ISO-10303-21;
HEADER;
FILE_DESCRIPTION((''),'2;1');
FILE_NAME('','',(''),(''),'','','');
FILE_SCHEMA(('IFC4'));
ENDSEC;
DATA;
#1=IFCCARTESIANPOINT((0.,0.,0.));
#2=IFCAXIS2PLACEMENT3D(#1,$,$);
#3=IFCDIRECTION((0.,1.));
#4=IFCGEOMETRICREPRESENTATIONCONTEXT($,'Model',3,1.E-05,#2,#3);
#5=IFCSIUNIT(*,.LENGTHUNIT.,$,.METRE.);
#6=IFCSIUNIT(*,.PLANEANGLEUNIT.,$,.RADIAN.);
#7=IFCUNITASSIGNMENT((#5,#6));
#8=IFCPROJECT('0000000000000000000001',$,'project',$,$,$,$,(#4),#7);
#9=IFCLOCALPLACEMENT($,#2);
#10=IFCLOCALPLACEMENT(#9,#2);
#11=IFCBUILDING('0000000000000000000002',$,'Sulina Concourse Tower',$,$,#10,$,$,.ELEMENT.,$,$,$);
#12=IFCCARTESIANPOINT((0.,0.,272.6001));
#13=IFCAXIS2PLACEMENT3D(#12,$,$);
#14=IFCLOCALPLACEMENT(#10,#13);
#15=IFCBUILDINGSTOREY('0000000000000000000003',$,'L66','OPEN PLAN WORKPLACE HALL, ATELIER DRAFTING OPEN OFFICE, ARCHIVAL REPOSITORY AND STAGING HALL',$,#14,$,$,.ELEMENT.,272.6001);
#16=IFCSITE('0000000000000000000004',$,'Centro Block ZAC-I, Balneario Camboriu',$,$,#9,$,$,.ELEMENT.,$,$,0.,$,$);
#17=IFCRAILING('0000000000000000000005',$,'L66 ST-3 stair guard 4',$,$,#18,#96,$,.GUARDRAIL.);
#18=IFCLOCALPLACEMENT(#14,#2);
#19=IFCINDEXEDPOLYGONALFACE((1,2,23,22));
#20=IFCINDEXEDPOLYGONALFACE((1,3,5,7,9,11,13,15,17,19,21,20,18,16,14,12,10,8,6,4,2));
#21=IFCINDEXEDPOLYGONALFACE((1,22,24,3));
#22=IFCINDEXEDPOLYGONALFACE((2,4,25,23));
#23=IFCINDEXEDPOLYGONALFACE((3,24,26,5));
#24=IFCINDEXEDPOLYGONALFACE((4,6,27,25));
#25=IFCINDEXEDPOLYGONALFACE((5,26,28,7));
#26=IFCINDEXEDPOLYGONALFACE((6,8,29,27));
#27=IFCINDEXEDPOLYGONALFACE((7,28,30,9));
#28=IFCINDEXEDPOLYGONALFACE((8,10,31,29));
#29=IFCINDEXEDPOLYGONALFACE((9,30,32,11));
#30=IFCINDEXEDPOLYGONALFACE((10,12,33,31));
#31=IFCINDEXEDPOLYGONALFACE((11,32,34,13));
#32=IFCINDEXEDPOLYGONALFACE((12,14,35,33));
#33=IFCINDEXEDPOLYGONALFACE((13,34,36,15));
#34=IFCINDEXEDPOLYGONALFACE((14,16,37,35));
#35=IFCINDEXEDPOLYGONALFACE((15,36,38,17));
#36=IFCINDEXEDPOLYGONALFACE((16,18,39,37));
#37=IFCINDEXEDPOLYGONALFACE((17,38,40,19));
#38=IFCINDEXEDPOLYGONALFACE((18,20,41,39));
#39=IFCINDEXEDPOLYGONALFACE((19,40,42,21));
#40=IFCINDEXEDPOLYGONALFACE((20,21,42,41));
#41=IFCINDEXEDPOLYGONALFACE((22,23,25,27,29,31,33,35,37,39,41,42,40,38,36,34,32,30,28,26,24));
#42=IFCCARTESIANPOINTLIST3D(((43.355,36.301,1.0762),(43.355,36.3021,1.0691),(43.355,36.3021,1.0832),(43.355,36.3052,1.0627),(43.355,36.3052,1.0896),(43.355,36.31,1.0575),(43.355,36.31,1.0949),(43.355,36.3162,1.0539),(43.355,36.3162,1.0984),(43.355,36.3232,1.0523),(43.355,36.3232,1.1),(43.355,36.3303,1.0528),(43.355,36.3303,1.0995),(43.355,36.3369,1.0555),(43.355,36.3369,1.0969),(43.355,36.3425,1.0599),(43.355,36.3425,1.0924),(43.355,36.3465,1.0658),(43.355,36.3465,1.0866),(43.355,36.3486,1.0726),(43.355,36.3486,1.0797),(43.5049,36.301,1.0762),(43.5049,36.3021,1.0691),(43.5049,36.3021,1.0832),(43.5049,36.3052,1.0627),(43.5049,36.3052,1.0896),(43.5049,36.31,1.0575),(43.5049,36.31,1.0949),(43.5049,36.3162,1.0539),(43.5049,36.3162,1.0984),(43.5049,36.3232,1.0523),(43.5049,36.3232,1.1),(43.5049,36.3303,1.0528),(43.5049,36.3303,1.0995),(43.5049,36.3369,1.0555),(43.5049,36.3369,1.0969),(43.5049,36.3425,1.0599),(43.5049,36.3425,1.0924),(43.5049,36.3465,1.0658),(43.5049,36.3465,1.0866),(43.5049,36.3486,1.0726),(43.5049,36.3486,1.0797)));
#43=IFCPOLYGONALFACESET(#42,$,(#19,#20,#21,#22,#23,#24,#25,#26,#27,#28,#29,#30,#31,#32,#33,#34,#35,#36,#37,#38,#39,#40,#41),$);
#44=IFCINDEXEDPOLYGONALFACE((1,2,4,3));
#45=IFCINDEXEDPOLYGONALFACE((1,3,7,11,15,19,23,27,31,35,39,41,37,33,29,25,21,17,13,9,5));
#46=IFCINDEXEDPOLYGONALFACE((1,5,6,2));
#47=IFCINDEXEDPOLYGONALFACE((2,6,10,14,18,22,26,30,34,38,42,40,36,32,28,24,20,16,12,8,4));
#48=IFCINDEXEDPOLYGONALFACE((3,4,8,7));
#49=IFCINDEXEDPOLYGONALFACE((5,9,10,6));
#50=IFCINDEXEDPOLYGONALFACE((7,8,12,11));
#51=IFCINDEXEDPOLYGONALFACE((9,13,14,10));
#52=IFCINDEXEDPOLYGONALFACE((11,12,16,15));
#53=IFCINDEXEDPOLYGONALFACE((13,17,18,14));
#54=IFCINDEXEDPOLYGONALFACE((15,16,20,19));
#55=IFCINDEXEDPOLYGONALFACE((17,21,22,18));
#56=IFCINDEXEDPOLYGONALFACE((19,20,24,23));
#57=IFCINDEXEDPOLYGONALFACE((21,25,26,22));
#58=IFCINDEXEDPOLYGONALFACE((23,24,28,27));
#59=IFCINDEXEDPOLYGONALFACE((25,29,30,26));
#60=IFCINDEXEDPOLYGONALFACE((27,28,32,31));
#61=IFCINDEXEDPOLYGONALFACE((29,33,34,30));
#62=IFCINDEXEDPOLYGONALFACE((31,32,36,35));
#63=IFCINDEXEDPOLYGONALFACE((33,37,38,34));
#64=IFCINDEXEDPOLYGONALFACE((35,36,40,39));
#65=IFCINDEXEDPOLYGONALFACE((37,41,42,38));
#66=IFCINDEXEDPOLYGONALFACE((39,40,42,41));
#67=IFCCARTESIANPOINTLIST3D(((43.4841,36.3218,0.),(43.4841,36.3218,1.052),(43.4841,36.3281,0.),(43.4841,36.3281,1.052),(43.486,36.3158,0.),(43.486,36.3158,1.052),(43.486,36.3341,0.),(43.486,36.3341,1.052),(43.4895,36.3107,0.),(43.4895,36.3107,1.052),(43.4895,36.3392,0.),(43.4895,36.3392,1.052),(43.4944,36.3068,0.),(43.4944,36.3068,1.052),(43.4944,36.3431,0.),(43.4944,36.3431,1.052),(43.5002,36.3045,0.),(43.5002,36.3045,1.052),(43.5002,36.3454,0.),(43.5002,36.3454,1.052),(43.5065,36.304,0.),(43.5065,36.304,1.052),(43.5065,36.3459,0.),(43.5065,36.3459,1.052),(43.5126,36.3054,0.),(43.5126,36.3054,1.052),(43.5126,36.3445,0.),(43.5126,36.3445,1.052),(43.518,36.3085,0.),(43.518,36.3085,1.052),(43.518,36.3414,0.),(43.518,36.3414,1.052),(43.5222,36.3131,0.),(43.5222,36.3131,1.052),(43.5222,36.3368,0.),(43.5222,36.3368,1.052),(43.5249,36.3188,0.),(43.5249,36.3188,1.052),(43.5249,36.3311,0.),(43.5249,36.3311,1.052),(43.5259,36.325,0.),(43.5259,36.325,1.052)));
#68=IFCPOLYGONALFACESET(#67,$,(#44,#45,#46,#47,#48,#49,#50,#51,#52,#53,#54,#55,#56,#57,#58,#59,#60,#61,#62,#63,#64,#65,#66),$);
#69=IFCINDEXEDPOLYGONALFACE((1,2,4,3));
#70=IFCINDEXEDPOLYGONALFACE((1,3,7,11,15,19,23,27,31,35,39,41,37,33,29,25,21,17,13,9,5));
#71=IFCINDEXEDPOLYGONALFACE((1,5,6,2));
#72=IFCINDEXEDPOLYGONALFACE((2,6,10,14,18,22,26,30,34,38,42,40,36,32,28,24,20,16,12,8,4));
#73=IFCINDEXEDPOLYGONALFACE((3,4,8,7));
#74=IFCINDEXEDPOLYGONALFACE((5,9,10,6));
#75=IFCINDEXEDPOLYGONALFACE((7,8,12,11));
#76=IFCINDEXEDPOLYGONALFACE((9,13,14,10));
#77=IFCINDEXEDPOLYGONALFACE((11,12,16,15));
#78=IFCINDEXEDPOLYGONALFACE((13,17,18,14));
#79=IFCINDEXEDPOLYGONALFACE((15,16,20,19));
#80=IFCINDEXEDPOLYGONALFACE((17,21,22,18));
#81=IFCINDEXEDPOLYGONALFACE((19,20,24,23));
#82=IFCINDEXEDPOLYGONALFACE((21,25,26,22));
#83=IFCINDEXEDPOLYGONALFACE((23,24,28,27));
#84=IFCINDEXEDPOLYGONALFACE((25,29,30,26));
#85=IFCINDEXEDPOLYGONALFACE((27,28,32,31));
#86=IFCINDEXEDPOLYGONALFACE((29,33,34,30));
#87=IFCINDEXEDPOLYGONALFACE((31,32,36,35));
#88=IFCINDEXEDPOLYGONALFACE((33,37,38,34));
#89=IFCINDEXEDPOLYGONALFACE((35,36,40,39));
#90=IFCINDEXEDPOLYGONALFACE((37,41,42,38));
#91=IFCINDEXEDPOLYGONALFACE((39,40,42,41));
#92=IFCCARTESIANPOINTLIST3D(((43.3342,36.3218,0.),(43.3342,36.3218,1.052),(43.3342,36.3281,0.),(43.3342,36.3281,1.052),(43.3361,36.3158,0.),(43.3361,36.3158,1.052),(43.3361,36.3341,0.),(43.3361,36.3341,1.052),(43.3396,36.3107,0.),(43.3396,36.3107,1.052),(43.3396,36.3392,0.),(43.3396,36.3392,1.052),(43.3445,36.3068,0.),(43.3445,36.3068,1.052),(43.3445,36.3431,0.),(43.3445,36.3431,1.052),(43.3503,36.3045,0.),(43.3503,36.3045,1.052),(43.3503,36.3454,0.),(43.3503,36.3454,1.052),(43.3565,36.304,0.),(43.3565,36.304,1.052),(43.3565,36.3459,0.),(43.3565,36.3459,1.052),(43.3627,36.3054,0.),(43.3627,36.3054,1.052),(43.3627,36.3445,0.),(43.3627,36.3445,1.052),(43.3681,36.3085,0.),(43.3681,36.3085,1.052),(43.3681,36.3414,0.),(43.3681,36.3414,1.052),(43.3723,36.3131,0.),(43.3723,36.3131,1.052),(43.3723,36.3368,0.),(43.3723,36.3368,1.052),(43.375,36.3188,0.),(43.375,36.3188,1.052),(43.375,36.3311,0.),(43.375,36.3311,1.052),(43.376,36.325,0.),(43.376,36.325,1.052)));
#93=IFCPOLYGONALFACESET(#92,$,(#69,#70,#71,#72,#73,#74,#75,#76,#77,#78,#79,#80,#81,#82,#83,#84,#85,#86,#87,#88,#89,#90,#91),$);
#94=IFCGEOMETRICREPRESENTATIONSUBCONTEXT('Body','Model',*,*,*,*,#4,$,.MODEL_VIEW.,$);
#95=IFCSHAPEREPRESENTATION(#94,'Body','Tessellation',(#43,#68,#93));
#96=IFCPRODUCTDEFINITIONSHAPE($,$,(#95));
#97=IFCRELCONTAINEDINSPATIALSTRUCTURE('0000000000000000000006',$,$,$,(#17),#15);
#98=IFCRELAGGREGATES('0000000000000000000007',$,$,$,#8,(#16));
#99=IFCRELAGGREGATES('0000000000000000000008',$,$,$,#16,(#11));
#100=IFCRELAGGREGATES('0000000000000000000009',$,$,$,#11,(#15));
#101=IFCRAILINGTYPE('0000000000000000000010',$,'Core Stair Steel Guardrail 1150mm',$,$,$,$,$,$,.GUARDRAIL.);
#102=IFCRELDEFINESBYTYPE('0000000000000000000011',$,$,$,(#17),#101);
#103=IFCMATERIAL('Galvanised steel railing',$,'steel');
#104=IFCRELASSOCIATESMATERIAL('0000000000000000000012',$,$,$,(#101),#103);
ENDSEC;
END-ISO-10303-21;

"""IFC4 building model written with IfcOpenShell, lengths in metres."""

from ifc_helpers import new_model, si_unit, direction, frame, origin, origin_2d, place, context, subcontext, project, spatial, circle, extrude, material, type_object, element, save


model = new_model("IFC4")

# Units and contexts
model_context = context("Model", 3, precision=1e-05, world=origin(), true_north=direction((0.0, 1.0)))
body_context = subcontext(model_context, "Body", "Model", "MODEL_VIEW")
ifc_project = project(units=[si_unit("LENGTHUNIT", "METRE"), si_unit("PLANEANGLEUNIT", "RADIAN")], contexts=[model_context])

# Site, building, storey
site_placement = place(None, origin())
site = spatial("IfcSite", under=ifc_project, at=site_placement, Name="Centro Block ZAC-I, Balneario Camboriu", CompositionType="ELEMENT", RefElevation=0.0)
building_placement = place(site_placement, origin())
building = spatial("IfcBuilding", under=site, at=building_placement, Name="Sulina Concourse Tower", CompositionType="ELEMENT")
storey_placement = place(building_placement, frame((0.0, 0.0, 272.6001)))
storey = spatial("IfcBuildingStorey", under=building, at=storey_placement, Name="L66", Description="OPEN PLAN WORKPLACE HALL, ATELIER DRAFTING OPEN OFFICE, ARCHIVAL REPOSITORY AND STAGING HALL", CompositionType="ELEMENT", Elevation=272.6001)

# Railing
ifc_material_1 = material(Name="Galvanised steel railing", Category="steel")
railing_type_1 = type_object("IfcRailingType", Name="Core Stair Steel Guardrail 1150mm", PredefinedType="GUARDRAIL", material=ifc_material_1)
railing_1_placement = place(storey_placement, frame((43.5049, 36.325, 0.0)))
element("IfcRailing", 1, at=railing_1_placement, inside=storey, type_object=railing_type_1, Name="L66 ST-3 stair guard 4", PredefinedType="GUARDRAIL", context=body_context, shape_type="SweptSolid", body=[
    extrude(circle(Radius=0.0239, at=origin_2d()), frame((0.0, 0.0, 1.0762), z_axis=(-1.0, 0.0, 0.0), x_axis=(0.0, -1.0, 0.0)), (0.0, 0.0, 1.0), 0.1499),
    extrude(circle(Radius=0.021, at=origin_2d()), origin(), (0.0, 0.0, 1.0), 1.052),
    extrude(circle(Radius=0.021, at=origin_2d()), frame((-0.1499, 0.0, 0.0)), (0.0, 0.0, 1.0), 1.052),
])

save(model, "model.ifc")
